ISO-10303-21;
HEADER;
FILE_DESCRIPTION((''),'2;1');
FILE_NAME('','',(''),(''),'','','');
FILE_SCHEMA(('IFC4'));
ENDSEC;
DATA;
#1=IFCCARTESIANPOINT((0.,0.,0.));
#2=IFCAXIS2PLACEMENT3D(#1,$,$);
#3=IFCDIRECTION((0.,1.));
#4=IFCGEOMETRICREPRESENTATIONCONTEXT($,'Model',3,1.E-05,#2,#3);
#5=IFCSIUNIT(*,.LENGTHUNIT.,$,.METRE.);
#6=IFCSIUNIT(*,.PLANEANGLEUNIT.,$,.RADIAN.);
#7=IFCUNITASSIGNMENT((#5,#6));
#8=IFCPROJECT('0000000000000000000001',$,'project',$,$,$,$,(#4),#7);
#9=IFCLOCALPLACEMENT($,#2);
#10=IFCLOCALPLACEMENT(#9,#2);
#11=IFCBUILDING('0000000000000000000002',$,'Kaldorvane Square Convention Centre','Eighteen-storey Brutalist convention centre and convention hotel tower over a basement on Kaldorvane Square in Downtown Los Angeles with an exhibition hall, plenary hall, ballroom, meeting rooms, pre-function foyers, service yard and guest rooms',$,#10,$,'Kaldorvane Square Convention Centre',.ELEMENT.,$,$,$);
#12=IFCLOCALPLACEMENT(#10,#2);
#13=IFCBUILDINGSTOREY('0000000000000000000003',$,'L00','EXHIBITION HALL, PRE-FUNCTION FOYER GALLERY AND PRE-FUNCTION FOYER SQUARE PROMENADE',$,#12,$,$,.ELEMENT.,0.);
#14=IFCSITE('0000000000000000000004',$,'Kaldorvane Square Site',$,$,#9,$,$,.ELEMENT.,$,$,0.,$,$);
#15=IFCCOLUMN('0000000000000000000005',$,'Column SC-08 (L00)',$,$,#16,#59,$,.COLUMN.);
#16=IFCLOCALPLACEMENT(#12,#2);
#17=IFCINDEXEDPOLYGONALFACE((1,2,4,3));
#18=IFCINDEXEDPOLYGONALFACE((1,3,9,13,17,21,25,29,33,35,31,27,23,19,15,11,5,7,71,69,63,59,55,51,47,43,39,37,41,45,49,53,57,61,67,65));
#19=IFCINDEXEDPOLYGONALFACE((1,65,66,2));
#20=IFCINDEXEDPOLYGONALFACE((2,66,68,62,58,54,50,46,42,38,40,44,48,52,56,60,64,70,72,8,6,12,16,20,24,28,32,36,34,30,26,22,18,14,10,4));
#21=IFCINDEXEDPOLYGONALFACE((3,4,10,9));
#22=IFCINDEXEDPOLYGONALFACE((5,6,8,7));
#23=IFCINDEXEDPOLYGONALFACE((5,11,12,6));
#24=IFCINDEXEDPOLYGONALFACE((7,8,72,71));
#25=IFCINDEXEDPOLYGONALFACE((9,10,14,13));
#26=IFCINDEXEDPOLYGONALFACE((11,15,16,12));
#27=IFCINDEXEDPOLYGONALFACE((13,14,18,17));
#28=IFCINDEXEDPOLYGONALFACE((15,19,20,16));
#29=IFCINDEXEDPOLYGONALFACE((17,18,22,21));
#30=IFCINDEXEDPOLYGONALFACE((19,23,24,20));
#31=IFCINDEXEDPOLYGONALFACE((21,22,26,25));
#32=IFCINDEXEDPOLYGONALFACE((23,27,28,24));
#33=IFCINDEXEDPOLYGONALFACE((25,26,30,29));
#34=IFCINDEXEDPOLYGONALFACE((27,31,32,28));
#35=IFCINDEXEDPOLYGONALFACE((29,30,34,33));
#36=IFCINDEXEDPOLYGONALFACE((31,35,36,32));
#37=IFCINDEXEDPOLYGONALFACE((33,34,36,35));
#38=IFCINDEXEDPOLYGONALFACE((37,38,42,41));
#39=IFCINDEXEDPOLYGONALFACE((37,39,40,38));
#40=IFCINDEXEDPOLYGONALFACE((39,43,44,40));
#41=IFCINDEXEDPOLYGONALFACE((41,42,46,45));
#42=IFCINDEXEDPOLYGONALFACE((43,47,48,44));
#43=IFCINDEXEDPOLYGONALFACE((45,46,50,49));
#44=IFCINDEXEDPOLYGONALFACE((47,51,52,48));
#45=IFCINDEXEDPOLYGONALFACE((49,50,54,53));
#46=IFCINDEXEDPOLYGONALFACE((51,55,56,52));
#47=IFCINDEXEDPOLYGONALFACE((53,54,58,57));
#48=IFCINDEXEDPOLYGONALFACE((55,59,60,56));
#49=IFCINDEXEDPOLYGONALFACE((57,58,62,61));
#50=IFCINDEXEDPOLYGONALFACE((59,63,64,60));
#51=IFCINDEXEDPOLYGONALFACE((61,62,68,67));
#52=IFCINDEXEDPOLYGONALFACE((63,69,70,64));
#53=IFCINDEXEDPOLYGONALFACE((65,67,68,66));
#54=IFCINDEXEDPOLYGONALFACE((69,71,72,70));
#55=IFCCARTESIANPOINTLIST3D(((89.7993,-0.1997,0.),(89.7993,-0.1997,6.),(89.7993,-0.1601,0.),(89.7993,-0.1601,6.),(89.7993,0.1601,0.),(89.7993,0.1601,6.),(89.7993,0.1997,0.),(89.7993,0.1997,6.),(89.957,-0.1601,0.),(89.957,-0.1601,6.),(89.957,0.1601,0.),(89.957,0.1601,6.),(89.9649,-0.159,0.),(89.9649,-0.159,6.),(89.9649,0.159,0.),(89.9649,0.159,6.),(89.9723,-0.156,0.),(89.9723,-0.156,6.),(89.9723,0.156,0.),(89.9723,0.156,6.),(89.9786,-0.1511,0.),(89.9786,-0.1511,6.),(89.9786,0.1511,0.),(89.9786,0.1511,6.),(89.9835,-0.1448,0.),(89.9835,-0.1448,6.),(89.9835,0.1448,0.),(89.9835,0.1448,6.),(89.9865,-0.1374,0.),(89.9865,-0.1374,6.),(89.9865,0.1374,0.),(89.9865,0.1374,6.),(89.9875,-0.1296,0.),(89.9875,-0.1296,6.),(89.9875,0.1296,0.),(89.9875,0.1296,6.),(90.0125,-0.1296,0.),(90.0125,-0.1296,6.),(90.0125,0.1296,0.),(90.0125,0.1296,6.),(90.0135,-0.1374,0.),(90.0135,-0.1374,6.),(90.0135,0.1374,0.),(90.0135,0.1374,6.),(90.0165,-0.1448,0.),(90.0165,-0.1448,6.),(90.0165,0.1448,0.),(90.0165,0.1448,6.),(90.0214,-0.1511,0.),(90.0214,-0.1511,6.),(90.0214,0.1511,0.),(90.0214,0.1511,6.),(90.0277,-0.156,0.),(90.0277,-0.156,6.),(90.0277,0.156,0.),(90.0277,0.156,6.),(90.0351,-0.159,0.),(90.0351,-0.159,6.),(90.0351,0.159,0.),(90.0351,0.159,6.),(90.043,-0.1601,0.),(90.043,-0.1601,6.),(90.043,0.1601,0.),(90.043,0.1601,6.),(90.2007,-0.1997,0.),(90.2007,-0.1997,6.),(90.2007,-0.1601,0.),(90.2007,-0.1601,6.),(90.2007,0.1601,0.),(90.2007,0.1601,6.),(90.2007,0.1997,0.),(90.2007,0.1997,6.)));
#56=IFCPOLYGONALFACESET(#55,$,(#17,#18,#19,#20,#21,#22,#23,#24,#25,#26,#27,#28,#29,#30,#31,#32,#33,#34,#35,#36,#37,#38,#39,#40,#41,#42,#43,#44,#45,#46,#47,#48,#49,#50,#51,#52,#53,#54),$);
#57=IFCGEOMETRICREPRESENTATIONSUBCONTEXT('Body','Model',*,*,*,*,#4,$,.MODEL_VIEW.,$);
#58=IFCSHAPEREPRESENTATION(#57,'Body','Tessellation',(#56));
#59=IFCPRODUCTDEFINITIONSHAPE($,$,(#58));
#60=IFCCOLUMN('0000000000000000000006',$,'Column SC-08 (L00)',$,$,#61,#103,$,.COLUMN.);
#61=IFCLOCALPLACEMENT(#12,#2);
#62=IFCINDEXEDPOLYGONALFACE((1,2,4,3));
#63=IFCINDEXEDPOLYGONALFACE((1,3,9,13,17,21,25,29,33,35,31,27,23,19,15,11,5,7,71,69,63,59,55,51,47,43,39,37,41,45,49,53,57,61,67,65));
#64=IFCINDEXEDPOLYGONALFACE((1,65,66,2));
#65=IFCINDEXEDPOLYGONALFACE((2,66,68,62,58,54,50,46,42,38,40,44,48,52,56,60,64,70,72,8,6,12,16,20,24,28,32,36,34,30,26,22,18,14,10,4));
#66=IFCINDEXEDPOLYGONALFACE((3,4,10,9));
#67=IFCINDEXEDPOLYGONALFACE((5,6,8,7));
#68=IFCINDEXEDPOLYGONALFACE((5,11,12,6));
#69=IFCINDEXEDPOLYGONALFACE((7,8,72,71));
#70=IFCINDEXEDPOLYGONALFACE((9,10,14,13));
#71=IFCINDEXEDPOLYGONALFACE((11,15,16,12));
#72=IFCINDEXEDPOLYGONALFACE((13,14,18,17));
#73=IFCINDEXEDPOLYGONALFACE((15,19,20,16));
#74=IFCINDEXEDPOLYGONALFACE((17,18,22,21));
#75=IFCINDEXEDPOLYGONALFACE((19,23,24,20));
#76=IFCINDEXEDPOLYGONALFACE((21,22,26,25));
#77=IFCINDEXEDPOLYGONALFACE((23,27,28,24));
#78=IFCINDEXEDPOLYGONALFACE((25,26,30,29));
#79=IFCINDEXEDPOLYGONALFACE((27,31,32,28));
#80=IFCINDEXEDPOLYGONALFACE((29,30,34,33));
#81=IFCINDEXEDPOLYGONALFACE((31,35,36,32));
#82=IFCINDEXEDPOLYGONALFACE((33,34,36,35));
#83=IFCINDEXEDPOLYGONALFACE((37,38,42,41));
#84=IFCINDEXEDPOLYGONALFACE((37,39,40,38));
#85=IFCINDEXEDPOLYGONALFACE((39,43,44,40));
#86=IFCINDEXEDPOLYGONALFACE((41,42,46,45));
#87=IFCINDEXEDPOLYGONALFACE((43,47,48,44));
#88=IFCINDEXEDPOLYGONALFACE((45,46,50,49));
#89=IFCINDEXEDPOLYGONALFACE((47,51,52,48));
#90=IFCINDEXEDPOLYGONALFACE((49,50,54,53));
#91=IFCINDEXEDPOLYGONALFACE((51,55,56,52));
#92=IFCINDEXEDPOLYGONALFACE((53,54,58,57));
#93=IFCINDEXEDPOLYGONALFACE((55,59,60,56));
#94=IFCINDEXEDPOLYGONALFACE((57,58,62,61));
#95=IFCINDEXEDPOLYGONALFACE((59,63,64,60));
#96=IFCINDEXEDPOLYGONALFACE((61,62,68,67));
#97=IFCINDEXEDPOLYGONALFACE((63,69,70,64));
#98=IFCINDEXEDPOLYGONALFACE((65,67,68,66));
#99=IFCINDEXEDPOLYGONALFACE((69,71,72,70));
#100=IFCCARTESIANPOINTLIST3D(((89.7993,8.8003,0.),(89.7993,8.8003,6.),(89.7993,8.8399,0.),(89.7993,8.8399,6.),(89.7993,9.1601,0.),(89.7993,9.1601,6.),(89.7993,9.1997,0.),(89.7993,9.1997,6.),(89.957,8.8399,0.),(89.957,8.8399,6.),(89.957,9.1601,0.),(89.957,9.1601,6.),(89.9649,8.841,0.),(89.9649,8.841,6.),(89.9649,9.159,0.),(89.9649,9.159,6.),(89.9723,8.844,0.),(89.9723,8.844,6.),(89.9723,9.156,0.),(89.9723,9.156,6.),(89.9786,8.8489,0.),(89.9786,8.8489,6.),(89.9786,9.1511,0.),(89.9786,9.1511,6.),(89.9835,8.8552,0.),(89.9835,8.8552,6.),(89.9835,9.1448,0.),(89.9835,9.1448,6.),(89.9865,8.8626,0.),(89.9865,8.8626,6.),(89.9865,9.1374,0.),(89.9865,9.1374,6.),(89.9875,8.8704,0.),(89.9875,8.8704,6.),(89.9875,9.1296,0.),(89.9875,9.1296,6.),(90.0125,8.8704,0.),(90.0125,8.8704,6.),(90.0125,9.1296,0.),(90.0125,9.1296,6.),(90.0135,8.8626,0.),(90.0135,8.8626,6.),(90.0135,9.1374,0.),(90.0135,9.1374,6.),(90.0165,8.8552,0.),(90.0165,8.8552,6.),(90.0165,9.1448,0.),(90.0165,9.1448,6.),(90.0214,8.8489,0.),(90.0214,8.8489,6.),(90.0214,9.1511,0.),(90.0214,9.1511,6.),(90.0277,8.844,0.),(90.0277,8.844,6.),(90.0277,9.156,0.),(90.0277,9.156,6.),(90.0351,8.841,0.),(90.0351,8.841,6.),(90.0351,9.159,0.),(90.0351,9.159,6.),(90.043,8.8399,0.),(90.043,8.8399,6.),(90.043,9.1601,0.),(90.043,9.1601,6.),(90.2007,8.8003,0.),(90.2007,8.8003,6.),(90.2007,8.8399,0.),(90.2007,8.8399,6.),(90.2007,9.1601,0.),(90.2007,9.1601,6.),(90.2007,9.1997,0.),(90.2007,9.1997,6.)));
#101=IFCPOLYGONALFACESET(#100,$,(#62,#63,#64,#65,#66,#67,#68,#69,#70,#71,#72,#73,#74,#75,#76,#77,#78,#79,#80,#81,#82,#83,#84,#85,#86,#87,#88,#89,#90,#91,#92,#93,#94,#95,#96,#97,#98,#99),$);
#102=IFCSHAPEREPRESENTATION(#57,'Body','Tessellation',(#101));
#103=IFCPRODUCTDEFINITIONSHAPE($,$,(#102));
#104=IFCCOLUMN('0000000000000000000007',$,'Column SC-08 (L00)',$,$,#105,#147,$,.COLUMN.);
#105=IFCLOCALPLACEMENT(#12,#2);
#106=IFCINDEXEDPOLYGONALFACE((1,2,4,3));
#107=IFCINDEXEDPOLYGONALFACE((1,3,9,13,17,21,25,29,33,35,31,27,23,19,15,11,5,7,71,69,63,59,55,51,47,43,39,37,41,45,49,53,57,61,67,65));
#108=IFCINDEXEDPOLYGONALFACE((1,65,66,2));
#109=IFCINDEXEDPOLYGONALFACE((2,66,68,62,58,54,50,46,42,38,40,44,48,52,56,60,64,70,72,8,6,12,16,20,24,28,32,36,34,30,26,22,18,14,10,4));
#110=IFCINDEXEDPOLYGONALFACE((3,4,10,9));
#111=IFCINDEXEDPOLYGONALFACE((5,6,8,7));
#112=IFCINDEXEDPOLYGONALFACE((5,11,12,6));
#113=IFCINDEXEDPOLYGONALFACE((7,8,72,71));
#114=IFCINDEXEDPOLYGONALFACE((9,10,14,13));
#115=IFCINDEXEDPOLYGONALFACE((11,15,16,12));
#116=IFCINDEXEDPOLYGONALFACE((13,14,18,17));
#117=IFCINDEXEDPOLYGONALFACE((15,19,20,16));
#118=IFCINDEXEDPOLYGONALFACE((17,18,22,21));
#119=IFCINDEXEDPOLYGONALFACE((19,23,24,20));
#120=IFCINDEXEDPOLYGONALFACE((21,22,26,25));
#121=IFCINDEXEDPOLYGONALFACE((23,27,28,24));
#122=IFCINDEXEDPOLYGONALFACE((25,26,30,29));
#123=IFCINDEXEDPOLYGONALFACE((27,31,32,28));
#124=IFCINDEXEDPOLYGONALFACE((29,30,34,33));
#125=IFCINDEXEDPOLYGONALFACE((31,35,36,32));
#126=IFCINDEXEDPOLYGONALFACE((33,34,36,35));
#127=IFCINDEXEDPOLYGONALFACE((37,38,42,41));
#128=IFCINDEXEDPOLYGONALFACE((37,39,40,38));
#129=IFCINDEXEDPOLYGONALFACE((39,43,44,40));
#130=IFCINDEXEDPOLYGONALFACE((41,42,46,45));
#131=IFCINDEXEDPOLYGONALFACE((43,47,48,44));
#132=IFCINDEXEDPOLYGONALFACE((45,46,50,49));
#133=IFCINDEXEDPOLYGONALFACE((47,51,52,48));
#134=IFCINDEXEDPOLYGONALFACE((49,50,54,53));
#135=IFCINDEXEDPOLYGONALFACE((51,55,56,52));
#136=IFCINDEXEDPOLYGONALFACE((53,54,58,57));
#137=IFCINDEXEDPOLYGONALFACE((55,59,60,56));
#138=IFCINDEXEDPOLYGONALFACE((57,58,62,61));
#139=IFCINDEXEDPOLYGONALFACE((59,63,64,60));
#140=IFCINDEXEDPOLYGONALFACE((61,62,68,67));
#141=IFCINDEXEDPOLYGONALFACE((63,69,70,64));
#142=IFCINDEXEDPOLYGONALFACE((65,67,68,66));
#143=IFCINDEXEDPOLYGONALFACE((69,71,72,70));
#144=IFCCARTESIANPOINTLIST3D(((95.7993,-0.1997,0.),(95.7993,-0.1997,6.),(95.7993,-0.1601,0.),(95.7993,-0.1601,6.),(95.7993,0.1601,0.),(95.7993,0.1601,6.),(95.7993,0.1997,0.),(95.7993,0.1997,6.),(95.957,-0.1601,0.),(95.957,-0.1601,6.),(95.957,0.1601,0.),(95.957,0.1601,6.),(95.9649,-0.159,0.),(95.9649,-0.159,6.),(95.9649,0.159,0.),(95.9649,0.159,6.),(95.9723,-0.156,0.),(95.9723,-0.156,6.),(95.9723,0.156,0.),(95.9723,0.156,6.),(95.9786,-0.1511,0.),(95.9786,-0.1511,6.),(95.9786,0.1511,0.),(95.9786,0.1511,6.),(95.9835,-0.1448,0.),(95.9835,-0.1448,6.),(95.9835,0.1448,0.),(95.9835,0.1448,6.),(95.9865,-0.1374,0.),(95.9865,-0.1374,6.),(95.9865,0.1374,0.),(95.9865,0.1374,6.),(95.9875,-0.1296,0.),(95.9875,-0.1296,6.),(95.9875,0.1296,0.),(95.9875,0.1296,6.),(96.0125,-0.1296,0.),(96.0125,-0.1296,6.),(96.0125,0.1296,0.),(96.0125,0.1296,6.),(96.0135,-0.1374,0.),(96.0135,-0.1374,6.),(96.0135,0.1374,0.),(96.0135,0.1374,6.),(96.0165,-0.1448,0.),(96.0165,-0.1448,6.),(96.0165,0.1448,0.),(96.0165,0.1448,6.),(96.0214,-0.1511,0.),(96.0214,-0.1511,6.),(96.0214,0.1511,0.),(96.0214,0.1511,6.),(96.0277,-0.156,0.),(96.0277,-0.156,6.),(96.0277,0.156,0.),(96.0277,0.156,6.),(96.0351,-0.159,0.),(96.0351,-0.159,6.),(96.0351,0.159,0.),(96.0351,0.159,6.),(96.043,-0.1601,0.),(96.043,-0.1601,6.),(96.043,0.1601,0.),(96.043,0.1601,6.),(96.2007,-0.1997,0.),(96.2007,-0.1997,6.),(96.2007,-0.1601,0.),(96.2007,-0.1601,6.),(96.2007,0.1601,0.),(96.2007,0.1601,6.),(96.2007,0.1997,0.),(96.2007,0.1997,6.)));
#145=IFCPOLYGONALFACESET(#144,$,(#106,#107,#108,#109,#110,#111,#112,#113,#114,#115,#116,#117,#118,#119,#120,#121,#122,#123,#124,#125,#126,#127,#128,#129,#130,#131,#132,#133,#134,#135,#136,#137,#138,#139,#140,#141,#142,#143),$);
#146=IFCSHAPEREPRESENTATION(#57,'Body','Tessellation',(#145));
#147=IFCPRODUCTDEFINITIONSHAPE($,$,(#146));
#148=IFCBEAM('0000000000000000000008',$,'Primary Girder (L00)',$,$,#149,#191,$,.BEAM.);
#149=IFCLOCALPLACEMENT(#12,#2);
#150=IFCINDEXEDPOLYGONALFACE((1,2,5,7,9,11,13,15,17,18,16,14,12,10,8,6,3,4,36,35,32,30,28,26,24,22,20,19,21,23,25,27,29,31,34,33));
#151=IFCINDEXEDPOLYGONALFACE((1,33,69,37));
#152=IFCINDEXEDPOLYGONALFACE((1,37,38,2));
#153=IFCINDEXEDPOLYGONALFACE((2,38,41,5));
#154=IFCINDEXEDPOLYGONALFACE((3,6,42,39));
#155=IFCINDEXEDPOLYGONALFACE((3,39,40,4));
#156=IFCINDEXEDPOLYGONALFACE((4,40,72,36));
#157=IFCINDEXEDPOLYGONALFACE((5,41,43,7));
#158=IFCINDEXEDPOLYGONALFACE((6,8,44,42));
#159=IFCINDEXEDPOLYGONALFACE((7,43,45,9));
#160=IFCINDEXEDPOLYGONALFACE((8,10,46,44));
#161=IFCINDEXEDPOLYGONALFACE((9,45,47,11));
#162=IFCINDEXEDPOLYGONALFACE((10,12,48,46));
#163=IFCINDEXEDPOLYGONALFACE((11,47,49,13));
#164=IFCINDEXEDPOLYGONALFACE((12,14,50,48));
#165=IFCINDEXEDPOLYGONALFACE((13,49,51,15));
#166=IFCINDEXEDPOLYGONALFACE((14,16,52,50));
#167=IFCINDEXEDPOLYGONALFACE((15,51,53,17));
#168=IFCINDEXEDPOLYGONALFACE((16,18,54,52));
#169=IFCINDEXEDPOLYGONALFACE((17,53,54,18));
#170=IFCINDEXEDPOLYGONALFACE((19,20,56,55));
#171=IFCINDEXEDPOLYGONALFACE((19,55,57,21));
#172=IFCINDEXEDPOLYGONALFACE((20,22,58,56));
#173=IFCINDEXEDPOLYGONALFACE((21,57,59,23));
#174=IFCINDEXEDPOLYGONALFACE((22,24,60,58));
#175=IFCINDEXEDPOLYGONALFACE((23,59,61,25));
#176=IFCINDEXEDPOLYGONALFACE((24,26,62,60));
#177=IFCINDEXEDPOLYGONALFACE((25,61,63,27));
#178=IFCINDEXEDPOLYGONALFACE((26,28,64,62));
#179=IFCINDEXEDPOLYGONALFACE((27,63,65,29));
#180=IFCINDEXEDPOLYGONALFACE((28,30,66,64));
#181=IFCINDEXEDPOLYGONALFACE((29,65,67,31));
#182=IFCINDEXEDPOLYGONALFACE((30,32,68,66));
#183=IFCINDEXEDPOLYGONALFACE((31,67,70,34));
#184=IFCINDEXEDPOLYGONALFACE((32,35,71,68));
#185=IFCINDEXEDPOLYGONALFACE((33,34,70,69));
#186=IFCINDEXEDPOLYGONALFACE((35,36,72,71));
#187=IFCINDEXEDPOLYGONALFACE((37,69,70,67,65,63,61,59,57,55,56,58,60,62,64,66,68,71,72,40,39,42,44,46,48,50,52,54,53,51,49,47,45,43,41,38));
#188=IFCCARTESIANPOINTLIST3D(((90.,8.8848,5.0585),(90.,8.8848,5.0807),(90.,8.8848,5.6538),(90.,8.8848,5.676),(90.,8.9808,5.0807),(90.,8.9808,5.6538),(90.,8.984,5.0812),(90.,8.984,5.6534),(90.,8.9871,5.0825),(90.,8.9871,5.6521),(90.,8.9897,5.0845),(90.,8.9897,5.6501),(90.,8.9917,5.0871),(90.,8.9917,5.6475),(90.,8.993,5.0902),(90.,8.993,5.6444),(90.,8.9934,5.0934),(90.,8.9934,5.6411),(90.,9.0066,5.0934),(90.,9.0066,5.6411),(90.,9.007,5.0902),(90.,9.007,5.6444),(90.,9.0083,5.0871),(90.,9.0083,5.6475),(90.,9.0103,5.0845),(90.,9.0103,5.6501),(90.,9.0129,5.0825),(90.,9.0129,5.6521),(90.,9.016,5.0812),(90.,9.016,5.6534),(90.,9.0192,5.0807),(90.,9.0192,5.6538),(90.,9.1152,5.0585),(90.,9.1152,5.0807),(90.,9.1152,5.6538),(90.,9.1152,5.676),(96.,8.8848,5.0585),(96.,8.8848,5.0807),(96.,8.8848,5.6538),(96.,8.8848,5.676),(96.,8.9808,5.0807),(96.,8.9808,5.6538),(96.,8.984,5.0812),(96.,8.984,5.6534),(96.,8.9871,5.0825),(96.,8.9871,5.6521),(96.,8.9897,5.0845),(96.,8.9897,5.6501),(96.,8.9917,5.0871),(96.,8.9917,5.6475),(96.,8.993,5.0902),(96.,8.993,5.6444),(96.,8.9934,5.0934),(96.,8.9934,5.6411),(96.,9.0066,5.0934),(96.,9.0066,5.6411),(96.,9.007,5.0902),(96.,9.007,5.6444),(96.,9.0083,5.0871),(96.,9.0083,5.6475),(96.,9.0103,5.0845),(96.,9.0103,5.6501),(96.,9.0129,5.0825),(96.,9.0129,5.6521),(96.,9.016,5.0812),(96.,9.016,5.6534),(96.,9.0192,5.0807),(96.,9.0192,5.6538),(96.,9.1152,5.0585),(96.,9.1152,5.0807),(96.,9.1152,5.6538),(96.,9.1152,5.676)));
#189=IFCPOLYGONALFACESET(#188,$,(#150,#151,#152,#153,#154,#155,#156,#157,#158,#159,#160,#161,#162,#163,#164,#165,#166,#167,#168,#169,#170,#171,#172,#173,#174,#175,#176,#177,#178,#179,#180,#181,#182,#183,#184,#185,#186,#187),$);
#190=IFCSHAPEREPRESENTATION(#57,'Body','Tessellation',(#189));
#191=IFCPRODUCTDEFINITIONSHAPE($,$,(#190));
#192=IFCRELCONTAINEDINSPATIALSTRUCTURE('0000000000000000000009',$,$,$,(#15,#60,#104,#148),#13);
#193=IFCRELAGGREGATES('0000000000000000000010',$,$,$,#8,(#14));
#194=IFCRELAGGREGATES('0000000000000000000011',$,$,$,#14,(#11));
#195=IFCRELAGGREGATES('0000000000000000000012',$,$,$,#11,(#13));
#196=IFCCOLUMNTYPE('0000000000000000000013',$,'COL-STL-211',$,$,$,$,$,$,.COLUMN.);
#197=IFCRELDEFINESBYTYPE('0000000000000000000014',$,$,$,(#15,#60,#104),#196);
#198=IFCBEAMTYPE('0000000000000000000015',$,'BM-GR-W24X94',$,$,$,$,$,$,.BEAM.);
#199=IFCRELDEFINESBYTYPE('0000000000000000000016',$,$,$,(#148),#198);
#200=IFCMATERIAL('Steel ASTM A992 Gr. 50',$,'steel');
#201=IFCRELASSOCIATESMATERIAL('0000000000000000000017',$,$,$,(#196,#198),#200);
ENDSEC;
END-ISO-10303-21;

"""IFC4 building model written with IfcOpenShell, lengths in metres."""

from ifc_helpers import new_model, si_unit, direction, frame, origin, origin_2d, place, context, subcontext, project, spatial, i_section, extrude, material, material_profile, profile_set, type_object, element, save


model = new_model("IFC4")

# Units and contexts
model_context = context("Model", 3, precision=1e-05, world=origin(), true_north=direction((0.0, 1.0)))
body_context = subcontext(model_context, "Body", "Model", "MODEL_VIEW")
ifc_project = project(units=[si_unit("LENGTHUNIT", "METRE"), si_unit("PLANEANGLEUNIT", "RADIAN")], contexts=[model_context])

# Site, building, storey
site_placement = place(None, origin())
site = spatial("IfcSite", under=ifc_project, at=site_placement, Name="Kaldorvane Square Site", CompositionType="ELEMENT", RefElevation=0.0)
building_placement = place(site_placement, origin())
building = spatial("IfcBuilding", under=site, at=building_placement, Name="Kaldorvane Square Convention Centre", Description="Eighteen-storey Brutalist convention centre and convention hotel tower over a basement on Kaldorvane Square in Downtown Los Angeles with an exhibition hall, plenary hall, ballroom, meeting rooms, pre-function foyers, service yard and guest rooms", LongName="Kaldorvane Square Convention Centre", CompositionType="ELEMENT")
storey_placement = place(building_placement, origin())
storey = spatial("IfcBuildingStorey", under=building, at=storey_placement, Name="L00", Description="EXHIBITION HALL, PRE-FUNCTION FOYER GALLERY AND PRE-FUNCTION FOYER SQUARE PROMENADE", CompositionType="ELEMENT", Elevation=0.0)

# Columns
ifc_material_1 = material(Name="Steel ASTM A992 Gr. 50", Category="steel")
ifc_material_profile_1 = material_profile(ifc_material_1, i_section(OverallWidth=0.4013, OverallDepth=0.3993, WebThickness=0.0249, FlangeThickness=0.0396, FilletRadius=0.0305, at=origin_2d()), Name="W14X211")
ifc_profile_set_1 = profile_set([ifc_material_profile_1], Name="Steel ASTM A992 Gr. 50")
column_type = type_object("IfcColumnType", Name="COL-STL-211", PredefinedType="COLUMN", material=ifc_profile_set_1)
for number, where, z_axis, x_axis, name in (
    (1, (90.0, 0.0, 0.0), (0.0, 0.0, 1.0), (1.0, 0.0, 0.0), "Column SC-08 (L00)"),
    (2, (90.0, 9.0, 0.0), (0.0, 0.0, 1.0), (1.0, 0.0, 0.0), "Column SC-08 (L00)"),
    (3, (96.0, 0.0, 0.0), (0.0, 0.0, 1.0), (1.0, 0.0, 0.0), "Column SC-08 (L00)"),
):
    element("IfcColumn", number, at=place(storey_placement, frame(where, z_axis=z_axis, x_axis=x_axis)), inside=storey, type_object=column_type, Name=name, PredefinedType="COLUMN", context=body_context, shape_type="SweptSolid", body=[
        extrude(i_section(OverallWidth=0.4013, OverallDepth=0.3993, WebThickness=0.0249, FlangeThickness=0.0396, FilletRadius=0.0305, at=origin_2d()), origin(), (0.0, 0.0, 1.0), 6.0),
    ])

# Beam
ifc_material_profile_2 = material_profile(ifc_material_1, i_section(OverallWidth=0.2303, OverallDepth=0.6175, WebThickness=0.0131, FlangeThickness=0.0222, FilletRadius=0.0127, at=origin_2d()), Name="W24X94")
ifc_profile_set_2 = profile_set([ifc_material_profile_2], Name="Steel ASTM A992 Gr. 50")
beam_type_1 = type_object("IfcBeamType", Name="BM-GR-W24X94", PredefinedType="BEAM", material=ifc_profile_set_2)
beam_placement = place(storey_placement, frame((90.0, 9.0, 5.3673), z_axis=(1.0, 0.0, 0.0), x_axis=(0.0, 1.0, 0.0)))
element("IfcBeam", 4, at=beam_placement, inside=storey, type_object=beam_type_1, Name="Primary Girder (L00)", PredefinedType="BEAM", context=body_context, shape_type="SweptSolid", body=[
    extrude(i_section(OverallWidth=0.2303, OverallDepth=0.6175, WebThickness=0.0131, FlangeThickness=0.0222, FilletRadius=0.0127, at=origin_2d()), origin(), (0.0, 0.0, 1.0), 6.0),
])

save(model, "model.ifc")
